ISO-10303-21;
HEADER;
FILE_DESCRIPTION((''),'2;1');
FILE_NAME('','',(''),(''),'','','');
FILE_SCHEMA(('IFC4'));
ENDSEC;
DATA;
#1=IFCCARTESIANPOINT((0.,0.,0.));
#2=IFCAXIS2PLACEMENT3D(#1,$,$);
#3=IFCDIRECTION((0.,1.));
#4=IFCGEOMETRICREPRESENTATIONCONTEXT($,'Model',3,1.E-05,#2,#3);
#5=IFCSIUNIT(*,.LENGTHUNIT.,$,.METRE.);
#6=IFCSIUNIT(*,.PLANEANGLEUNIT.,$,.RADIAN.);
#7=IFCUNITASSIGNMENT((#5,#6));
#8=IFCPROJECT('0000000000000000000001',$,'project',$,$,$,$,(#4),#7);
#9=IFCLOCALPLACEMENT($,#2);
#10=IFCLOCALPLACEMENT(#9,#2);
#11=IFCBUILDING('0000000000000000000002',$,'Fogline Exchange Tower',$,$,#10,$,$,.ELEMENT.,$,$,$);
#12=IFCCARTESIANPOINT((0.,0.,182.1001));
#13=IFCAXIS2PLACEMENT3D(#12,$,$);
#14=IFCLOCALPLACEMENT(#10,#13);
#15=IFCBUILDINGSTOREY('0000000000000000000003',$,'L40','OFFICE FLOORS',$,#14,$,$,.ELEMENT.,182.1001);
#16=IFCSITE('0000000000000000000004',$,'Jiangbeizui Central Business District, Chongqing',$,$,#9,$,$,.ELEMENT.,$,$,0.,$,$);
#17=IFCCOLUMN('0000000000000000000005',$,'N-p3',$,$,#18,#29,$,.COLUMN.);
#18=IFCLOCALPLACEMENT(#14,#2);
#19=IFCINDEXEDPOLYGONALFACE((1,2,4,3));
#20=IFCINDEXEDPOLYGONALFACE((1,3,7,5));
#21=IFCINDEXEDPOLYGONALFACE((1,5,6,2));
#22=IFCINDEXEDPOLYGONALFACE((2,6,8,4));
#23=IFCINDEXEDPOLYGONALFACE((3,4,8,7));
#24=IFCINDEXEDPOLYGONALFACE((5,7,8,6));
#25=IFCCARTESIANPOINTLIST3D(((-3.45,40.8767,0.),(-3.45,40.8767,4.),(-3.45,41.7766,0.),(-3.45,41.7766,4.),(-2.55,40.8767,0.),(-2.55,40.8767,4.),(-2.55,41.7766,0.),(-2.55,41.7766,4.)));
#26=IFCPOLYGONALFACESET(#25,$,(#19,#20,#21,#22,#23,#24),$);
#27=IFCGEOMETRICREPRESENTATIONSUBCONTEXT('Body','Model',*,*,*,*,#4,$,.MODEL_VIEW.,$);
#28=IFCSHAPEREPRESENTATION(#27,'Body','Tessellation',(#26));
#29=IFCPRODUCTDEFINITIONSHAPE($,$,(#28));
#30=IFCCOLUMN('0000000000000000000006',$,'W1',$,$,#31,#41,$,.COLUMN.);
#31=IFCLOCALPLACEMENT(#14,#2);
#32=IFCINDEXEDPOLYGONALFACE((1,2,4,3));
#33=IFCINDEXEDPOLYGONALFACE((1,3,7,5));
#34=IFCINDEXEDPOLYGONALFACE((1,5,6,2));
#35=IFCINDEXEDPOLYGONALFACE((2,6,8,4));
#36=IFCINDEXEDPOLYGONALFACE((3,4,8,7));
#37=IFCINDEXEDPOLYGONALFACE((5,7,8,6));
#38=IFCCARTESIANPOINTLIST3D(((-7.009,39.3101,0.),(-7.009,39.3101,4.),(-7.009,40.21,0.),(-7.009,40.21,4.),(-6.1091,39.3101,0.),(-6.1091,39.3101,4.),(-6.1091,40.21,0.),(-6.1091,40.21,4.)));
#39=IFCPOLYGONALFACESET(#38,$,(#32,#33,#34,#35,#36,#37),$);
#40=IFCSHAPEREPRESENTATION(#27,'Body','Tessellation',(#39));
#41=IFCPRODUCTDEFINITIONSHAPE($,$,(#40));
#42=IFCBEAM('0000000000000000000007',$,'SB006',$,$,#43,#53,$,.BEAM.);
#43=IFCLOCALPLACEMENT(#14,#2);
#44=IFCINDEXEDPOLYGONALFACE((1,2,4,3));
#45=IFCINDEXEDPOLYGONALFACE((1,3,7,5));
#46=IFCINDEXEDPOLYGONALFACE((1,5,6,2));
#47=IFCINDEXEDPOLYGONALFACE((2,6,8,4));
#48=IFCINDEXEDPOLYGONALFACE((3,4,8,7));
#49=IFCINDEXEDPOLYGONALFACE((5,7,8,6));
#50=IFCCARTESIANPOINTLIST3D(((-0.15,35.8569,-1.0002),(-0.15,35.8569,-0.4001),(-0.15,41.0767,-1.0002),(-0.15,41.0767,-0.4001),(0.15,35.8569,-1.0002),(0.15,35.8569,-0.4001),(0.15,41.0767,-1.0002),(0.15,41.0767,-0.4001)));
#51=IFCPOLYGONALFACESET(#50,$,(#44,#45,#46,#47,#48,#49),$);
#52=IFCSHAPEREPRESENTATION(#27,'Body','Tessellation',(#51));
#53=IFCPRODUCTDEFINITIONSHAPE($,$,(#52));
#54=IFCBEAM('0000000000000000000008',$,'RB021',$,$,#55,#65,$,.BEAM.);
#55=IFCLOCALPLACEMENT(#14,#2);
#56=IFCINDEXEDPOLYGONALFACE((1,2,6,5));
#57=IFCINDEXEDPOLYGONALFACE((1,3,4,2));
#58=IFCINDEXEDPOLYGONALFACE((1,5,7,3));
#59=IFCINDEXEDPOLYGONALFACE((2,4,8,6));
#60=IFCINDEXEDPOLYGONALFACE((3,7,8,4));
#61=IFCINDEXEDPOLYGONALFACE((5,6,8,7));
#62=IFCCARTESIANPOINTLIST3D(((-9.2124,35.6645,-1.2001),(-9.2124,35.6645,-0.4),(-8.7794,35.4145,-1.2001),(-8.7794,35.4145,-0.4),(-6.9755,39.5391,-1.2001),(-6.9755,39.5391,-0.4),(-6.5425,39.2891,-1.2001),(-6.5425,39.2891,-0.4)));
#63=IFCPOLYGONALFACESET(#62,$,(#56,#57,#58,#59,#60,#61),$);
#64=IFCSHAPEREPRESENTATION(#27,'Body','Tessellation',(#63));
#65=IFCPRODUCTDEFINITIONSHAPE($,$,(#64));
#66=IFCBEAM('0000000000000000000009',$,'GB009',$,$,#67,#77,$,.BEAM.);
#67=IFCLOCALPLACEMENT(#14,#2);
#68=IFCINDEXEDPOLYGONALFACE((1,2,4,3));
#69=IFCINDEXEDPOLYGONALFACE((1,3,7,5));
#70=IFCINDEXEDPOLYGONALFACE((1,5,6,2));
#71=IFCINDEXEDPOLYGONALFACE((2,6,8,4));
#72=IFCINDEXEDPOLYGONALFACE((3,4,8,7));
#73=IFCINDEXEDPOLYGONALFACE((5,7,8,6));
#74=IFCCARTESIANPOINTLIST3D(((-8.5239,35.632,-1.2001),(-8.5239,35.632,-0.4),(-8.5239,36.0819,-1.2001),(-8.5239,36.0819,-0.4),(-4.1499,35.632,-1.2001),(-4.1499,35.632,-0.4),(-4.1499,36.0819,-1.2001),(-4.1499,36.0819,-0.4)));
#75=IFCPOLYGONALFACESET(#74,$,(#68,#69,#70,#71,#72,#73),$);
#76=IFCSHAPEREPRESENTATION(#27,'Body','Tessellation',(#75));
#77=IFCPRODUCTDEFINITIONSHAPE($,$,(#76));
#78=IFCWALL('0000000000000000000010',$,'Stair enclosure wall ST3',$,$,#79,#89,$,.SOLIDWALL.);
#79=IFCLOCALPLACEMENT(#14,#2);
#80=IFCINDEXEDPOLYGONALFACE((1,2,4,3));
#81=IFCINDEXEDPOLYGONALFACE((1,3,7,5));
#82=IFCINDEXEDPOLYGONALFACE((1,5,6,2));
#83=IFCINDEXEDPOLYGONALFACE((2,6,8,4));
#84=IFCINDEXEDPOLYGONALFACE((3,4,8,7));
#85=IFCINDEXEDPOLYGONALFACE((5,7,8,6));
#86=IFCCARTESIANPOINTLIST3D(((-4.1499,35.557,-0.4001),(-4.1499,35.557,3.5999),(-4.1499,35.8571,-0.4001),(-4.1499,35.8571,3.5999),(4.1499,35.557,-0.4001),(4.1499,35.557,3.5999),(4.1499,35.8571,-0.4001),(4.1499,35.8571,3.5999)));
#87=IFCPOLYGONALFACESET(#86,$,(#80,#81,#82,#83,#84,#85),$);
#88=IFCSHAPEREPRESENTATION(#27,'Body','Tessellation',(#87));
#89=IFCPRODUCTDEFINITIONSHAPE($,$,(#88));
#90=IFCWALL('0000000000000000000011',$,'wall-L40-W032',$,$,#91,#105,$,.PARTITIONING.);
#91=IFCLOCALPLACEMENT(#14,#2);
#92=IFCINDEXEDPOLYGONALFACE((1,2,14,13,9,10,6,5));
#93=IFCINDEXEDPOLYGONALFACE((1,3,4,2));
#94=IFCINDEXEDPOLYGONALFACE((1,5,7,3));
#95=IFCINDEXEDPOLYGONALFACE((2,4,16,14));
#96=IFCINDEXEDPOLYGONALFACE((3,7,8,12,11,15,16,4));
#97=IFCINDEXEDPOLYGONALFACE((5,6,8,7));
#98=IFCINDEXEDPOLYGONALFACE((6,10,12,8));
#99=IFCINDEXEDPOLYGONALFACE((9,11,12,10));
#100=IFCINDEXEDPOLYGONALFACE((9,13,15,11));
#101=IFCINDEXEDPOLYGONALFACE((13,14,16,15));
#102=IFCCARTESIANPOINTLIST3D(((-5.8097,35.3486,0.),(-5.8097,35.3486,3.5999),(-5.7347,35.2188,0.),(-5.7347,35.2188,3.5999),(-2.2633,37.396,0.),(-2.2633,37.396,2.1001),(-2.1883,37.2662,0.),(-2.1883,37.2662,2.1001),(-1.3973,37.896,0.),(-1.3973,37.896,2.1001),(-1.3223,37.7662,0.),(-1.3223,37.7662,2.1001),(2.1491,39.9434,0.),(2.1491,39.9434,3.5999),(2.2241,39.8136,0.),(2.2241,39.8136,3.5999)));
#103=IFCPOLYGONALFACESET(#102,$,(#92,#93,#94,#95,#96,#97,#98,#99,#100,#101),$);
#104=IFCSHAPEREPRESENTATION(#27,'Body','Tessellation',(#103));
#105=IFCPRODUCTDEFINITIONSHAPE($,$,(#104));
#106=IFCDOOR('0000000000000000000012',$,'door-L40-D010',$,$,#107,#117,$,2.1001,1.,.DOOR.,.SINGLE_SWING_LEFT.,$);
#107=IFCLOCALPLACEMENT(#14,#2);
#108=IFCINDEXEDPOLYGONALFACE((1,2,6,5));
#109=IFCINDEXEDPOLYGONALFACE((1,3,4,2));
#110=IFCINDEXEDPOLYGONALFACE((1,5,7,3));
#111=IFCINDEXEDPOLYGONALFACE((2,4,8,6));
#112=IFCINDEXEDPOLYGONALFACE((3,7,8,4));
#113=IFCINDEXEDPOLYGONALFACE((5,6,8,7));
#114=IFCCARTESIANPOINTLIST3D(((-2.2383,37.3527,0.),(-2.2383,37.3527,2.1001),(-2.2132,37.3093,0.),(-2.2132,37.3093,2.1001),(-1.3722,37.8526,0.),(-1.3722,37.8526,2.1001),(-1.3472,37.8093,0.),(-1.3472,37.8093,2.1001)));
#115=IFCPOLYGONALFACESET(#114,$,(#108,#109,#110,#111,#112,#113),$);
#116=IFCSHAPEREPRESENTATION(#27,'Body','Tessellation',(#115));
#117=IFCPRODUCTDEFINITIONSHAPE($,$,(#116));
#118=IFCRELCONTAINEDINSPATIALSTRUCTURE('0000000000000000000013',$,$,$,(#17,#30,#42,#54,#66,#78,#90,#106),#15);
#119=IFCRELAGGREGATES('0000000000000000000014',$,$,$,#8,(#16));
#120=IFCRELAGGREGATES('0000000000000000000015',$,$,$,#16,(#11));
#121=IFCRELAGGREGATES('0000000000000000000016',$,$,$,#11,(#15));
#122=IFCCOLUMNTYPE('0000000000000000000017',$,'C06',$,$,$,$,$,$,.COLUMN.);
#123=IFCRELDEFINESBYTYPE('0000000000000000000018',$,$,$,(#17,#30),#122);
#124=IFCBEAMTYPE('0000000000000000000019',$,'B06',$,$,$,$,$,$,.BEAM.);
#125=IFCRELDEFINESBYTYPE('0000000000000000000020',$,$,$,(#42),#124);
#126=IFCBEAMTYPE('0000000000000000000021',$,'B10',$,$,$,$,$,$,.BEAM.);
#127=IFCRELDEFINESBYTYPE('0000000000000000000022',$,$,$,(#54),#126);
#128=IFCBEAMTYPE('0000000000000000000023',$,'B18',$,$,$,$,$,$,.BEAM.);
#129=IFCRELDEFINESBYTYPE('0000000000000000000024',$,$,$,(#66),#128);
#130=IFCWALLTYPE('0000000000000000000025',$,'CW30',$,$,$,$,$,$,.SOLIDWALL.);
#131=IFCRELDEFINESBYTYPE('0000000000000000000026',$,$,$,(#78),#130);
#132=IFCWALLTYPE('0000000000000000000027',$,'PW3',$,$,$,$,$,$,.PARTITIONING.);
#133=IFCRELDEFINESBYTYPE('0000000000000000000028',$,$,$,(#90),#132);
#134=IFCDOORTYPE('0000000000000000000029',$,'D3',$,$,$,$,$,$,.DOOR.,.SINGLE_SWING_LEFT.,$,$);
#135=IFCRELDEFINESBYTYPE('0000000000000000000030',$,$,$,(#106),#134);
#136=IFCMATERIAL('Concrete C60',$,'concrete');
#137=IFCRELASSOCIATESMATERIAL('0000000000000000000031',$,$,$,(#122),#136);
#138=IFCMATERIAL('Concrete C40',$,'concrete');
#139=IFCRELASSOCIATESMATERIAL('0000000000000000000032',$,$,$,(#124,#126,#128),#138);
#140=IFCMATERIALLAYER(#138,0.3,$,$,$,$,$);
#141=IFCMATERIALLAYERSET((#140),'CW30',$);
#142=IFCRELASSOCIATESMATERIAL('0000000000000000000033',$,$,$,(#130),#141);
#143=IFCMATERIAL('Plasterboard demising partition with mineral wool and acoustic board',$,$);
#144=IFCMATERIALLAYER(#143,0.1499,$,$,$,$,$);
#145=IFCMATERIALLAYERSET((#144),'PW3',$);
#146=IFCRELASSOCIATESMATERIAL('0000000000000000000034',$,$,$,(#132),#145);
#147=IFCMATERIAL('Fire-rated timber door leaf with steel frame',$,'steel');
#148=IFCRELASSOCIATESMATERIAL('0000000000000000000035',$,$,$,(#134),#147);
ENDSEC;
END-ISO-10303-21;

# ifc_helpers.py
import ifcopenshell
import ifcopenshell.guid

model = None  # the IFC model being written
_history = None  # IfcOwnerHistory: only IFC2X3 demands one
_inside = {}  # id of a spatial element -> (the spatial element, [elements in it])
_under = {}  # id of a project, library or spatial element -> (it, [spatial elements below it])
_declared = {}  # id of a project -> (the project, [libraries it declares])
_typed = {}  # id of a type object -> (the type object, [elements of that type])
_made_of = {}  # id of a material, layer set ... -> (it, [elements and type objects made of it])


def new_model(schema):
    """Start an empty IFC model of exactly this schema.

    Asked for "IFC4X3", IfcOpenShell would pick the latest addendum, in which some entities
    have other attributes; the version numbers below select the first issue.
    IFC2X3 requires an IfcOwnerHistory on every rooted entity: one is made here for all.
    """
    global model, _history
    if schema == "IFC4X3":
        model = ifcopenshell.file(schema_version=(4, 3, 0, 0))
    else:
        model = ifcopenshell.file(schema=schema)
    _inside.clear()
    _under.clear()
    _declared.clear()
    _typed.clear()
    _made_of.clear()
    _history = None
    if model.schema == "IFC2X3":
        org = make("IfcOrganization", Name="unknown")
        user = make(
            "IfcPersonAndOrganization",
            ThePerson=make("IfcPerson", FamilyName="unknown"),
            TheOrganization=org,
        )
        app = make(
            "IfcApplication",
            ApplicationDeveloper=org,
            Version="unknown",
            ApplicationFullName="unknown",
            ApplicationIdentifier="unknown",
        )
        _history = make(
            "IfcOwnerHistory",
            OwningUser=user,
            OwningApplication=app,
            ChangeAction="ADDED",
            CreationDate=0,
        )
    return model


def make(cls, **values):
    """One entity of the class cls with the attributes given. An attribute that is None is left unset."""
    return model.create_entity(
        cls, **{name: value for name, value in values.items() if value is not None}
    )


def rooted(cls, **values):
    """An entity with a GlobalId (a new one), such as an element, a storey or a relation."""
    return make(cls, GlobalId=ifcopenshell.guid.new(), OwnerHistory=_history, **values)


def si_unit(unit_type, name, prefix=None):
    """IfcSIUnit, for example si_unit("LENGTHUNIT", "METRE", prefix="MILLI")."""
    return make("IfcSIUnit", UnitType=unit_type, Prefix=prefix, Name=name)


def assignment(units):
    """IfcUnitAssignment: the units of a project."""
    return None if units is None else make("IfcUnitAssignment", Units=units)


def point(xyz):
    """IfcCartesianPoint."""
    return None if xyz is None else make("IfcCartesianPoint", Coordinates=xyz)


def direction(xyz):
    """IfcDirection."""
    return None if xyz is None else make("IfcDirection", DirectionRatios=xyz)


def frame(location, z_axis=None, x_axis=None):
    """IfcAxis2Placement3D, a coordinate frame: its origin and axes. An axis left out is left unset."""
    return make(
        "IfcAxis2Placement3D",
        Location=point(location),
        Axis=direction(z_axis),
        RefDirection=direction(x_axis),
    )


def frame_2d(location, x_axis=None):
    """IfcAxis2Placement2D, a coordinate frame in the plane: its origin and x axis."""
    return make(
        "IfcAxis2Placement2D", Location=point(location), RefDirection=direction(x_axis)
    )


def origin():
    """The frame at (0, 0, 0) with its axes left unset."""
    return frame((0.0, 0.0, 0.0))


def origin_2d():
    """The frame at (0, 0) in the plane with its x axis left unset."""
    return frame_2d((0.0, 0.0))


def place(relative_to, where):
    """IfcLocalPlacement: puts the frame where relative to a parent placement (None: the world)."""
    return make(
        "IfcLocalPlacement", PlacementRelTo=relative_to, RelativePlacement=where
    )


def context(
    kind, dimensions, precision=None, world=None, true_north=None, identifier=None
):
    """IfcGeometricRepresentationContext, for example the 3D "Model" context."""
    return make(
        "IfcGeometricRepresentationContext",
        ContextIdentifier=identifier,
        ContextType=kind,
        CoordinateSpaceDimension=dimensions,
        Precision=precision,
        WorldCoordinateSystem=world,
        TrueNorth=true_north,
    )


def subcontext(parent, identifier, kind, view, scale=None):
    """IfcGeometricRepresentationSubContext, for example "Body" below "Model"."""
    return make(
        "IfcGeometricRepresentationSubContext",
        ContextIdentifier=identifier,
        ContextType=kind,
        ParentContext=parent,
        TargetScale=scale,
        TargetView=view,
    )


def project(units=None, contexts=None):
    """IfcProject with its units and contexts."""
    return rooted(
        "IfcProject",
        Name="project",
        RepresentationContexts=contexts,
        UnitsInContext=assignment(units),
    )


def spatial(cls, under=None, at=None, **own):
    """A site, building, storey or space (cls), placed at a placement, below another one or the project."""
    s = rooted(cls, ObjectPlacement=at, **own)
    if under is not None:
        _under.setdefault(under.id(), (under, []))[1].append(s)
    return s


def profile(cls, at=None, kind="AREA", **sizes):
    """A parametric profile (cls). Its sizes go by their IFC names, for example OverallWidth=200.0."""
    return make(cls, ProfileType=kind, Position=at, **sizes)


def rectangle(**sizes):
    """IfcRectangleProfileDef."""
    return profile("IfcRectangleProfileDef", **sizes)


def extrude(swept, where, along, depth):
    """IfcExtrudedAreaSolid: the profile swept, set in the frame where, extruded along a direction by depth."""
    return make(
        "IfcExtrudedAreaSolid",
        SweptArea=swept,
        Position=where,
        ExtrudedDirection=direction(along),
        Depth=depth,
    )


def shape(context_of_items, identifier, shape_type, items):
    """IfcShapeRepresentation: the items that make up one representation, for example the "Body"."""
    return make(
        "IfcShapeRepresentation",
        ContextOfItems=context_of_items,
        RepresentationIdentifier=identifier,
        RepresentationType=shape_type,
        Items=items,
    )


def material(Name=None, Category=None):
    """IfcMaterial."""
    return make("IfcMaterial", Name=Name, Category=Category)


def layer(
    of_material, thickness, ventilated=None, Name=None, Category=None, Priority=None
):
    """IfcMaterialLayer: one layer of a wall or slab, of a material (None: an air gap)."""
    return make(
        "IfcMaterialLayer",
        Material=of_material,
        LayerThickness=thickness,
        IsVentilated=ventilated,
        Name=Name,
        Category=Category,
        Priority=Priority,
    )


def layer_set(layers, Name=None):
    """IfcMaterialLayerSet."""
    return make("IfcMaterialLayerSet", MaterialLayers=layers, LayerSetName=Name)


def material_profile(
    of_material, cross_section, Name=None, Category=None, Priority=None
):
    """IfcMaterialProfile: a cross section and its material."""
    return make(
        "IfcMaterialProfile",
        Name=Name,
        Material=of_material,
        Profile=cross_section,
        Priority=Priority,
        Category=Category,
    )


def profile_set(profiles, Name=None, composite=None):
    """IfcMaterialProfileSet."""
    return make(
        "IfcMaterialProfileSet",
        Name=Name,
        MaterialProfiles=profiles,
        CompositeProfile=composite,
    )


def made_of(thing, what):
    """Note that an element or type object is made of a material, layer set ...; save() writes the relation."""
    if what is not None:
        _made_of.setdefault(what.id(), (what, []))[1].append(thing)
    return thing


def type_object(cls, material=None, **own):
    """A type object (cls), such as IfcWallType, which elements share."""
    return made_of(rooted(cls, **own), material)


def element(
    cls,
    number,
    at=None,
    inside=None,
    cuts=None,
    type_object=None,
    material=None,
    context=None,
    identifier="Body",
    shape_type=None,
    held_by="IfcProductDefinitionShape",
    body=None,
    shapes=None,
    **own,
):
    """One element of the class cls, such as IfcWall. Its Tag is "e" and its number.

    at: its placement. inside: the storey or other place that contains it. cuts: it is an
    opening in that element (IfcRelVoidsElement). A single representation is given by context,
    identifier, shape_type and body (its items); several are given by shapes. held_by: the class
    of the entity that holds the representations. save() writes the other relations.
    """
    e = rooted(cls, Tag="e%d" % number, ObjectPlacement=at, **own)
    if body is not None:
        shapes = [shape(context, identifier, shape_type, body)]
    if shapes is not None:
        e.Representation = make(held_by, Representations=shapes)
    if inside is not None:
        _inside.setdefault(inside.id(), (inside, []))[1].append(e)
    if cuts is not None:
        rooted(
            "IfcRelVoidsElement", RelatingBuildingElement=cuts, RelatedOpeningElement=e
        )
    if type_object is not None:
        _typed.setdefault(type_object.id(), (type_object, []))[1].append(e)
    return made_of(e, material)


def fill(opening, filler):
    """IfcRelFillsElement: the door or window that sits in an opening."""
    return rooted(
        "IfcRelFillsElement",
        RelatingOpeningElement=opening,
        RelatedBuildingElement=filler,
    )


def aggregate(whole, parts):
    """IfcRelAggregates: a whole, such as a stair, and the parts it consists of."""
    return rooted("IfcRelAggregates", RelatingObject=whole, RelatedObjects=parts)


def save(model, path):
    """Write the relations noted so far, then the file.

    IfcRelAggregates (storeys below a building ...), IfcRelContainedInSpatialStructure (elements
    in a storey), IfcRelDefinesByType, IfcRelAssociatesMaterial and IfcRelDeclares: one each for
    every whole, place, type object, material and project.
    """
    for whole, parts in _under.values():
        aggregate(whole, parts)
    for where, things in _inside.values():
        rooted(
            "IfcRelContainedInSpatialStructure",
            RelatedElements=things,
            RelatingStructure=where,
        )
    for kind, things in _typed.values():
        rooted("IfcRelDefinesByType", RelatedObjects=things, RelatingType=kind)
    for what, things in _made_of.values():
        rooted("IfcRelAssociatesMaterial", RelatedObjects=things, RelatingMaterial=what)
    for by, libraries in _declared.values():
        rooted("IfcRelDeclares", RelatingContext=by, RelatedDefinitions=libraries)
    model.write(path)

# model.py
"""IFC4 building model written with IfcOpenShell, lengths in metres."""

from ifc_helpers import new_model, si_unit, direction, frame, frame_2d, origin, origin_2d, place, context, subcontext, project, spatial, rectangle, extrude, material, layer, layer_set, material_profile, profile_set, type_object, element, fill, save


model = new_model("IFC4")

# Units and contexts
model_context = context("Model", 3, precision=1e-05, world=origin(), true_north=direction((0.0, 1.0)))
body_context = subcontext(model_context, "Body", "Model", "MODEL_VIEW")
ifc_project = project(units=[si_unit("LENGTHUNIT", "METRE"), si_unit("PLANEANGLEUNIT", "RADIAN")], contexts=[model_context])

# Site, building, storey
site_placement = place(None, origin())
site = spatial("IfcSite", under=ifc_project, at=site_placement, Name="Jiangbeizui Central Business District, Chongqing", CompositionType="ELEMENT", RefElevation=0.0)
building_placement = place(site_placement, origin())
building = spatial("IfcBuilding", under=site, at=building_placement, Name="Fogline Exchange Tower", CompositionType="ELEMENT")
storey_placement = place(building_placement, frame((0.0, 0.0, 182.1001)))
storey = spatial("IfcBuildingStorey", under=building, at=storey_placement, Name="L40", Description="OFFICE FLOORS", CompositionType="ELEMENT", Elevation=182.1001)

# Columns
ifc_material_1 = material(Name="Concrete C60", Category="concrete")
ifc_material_profile_1 = material_profile(ifc_material_1, rectangle(XDim=0.8999, YDim=0.8999, at=origin_2d()), Name="RC 900x900")
ifc_profile_set_1 = profile_set([ifc_material_profile_1], Name="Concrete C60")
column_type = type_object("IfcColumnType", Name="C06", PredefinedType="COLUMN", material=ifc_profile_set_1)
for number, where, z_axis, x_axis, name in (
    (1, (-3.0, 41.3267, 0.0), (0.0, 0.0, 1.0), (1.0, 0.0, 0.0), "N-p3"),
    (2, (-6.5591, 39.76, 0.0), (0.0, 0.0, 1.0), (1.0, 0.0, 0.0), "W1"),
):
    element("IfcColumn", number, at=place(storey_placement, frame(where, z_axis=z_axis, x_axis=x_axis)), inside=storey, type_object=column_type, Name=name, PredefinedType="COLUMN", context=body_context, shape_type="SweptSolid", body=[
        extrude(rectangle(XDim=0.8999, YDim=0.8999, at=origin_2d()), origin(), (0.0, 0.0, 1.0), 4.0),
    ])

# Beams
ifc_material_2 = material(Name="Concrete C40", Category="concrete")
ifc_material_profile_2 = material_profile(ifc_material_2, rectangle(XDim=0.3, YDim=0.6001, at=origin_2d()), Name="RC 300x600")
ifc_profile_set_2 = profile_set([ifc_material_profile_2], Name="Concrete C40")
beam_type_1 = type_object("IfcBeamType", Name="B06", PredefinedType="BEAM", material=ifc_profile_set_2)
beam_1_placement = place(storey_placement, frame((0.0, 35.8569, -0.7002), z_axis=(0.0, 1.0, 0.0), x_axis=(-1.0, 0.0, 0.0)))
element("IfcBeam", 3, at=beam_1_placement, inside=storey, type_object=beam_type_1, Name="SB006", PredefinedType="BEAM", context=body_context, shape_type="SweptSolid", body=[
    extrude(rectangle(XDim=0.3, YDim=0.6001, at=origin_2d()), origin(), (0.0, 0.0, 1.0), 5.2197),
])
ifc_material_profile_3 = material_profile(ifc_material_2, rectangle(XDim=0.5, YDim=0.8, at=origin_2d()), Name="RC 500x800")
ifc_profile_set_3 = profile_set([ifc_material_profile_3], Name="Concrete C40")
beam_type_2 = type_object("IfcBeamType", Name="B10", PredefinedType="BEAM", material=ifc_profile_set_3)
beam_2_placement = place(storey_placement, frame((-6.759, 39.4141, -0.8), z_axis=(-0.499978, -0.866038, 0.0), x_axis=(0.866038, -0.499978, 0.0)))
element("IfcBeam", 4, at=beam_2_placement, inside=storey, type_object=beam_type_2, Name="RB021", PredefinedType="BEAM", context=body_context, shape_type="SweptSolid", body=[
    extrude(rectangle(XDim=0.5, YDim=0.8, at=origin_2d()), origin(), (0.0, 0.0, 1.0), 4.4739),
])
ifc_material_profile_4 = material_profile(ifc_material_2, rectangle(XDim=0.45, YDim=0.8, at=origin_2d()), Name="RC 450x800")
ifc_profile_set_4 = profile_set([ifc_material_profile_4], Name="Concrete C40")
beam_type_3 = type_object("IfcBeamType", Name="B18", PredefinedType="BEAM", material=ifc_profile_set_4)
beam_3_placement = place(storey_placement, frame((-8.5239, 35.8569, -0.8), z_axis=(1.0, 0.0, 0.0), x_axis=(0.0, 1.0, 0.0)))
element("IfcBeam", 5, at=beam_3_placement, inside=storey, type_object=beam_type_3, Name="GB009", PredefinedType="BEAM", context=body_context, shape_type="SweptSolid", body=[
    extrude(rectangle(XDim=0.45, YDim=0.8, at=origin_2d()), origin(), (0.0, 0.0, 1.0), 4.374),
])

# Wall
ifc_layer_1 = layer(ifc_material_2, 0.3)
ifc_layer_set_1 = layer_set([ifc_layer_1], Name="CW30")
wall_type_1 = type_object("IfcWallType", Name="CW30", PredefinedType="SOLIDWALL", material=ifc_layer_set_1)
wall_1_placement = place(storey_placement, frame((-4.1499, 35.707, -0.4001), z_axis=(0.0, 0.0, 1.0), x_axis=(1.0, 0.0, 0.0)))
element("IfcWall", 6, at=wall_1_placement, inside=storey, type_object=wall_type_1, Name="Stair enclosure wall ST3", PredefinedType="SOLIDWALL", context=body_context, shape_type="SweptSolid", body=[
    extrude(rectangle(XDim=8.2998, YDim=0.3, at=frame_2d((4.1499, 0.0))), origin(), (0.0, 0.0, 1.0), 4.0),
])

# Wall, opening, door
ifc_material_3 = material(Name="Plasterboard demising partition with mineral wool and acoustic board")
ifc_layer_2 = layer(ifc_material_3, 0.1499)
ifc_layer_set_2 = layer_set([ifc_layer_2], Name="PW3")
wall_type_2 = type_object("IfcWallType", Name="PW3", PredefinedType="PARTITIONING", material=ifc_layer_set_2)
wall_2_placement = place(storey_placement, frame((-5.7722, 35.2837, 0.0), z_axis=(0.0, 0.0, 1.0), x_axis=(0.866037, 0.499979, 0.0)))
wall_2 = element("IfcWall", 7, at=wall_2_placement, inside=storey, type_object=wall_type_2, Name="wall-L40-W032", PredefinedType="PARTITIONING", context=body_context, shape_type="SweptSolid", body=[
    extrude(rectangle(XDim=9.1899, YDim=0.1499, at=frame_2d((4.595, 0.0))), origin(), (0.0, 0.0, 1.0), 3.5999),
])
opening_placement = place(wall_2_placement, frame((4.095, 0.0, 0.0)))
opening = element("IfcOpeningElement", 8, at=opening_placement, cuts=wall_2, PredefinedType="OPENING", context=body_context, shape_type="SweptSolid", body=[
    extrude(rectangle(XDim=1.0, YDim=2.1001, at=frame_2d((0.5, 1.05))), frame((0.0, 0.085, 0.0), z_axis=(0.0, -1.0, 0.0), x_axis=(1.0, 0.0, 0.0)), (0.0, 0.0, 1.0), 0.1699),
])
ifc_material_4 = material(Name="Fire-rated timber door leaf with steel frame", Category="steel")
door_type = type_object("IfcDoorType", Name="D3", OperationType="SINGLE_SWING_LEFT", PredefinedType="DOOR", material=ifc_material_4)
door_placement = place(opening_placement, origin())
door = element("IfcDoor", 9, at=door_placement, inside=storey, type_object=door_type, Name="door-L40-D010", OperationType="SINGLE_SWING_LEFT", OverallHeight=2.1001, OverallWidth=1.0, PredefinedType="DOOR", context=body_context, shape_type="SweptSolid", body=[
    extrude(rectangle(XDim=1.0, YDim=2.1001, at=frame_2d((0.5, 1.05))), frame((0.0, 0.0249, 0.0), z_axis=(0.0, -1.0, 0.0), x_axis=(1.0, 0.0, 0.0)), (0.0, 0.0, 1.0), 0.05),
])
fill(opening, door)

save(model, "model.ifc")
